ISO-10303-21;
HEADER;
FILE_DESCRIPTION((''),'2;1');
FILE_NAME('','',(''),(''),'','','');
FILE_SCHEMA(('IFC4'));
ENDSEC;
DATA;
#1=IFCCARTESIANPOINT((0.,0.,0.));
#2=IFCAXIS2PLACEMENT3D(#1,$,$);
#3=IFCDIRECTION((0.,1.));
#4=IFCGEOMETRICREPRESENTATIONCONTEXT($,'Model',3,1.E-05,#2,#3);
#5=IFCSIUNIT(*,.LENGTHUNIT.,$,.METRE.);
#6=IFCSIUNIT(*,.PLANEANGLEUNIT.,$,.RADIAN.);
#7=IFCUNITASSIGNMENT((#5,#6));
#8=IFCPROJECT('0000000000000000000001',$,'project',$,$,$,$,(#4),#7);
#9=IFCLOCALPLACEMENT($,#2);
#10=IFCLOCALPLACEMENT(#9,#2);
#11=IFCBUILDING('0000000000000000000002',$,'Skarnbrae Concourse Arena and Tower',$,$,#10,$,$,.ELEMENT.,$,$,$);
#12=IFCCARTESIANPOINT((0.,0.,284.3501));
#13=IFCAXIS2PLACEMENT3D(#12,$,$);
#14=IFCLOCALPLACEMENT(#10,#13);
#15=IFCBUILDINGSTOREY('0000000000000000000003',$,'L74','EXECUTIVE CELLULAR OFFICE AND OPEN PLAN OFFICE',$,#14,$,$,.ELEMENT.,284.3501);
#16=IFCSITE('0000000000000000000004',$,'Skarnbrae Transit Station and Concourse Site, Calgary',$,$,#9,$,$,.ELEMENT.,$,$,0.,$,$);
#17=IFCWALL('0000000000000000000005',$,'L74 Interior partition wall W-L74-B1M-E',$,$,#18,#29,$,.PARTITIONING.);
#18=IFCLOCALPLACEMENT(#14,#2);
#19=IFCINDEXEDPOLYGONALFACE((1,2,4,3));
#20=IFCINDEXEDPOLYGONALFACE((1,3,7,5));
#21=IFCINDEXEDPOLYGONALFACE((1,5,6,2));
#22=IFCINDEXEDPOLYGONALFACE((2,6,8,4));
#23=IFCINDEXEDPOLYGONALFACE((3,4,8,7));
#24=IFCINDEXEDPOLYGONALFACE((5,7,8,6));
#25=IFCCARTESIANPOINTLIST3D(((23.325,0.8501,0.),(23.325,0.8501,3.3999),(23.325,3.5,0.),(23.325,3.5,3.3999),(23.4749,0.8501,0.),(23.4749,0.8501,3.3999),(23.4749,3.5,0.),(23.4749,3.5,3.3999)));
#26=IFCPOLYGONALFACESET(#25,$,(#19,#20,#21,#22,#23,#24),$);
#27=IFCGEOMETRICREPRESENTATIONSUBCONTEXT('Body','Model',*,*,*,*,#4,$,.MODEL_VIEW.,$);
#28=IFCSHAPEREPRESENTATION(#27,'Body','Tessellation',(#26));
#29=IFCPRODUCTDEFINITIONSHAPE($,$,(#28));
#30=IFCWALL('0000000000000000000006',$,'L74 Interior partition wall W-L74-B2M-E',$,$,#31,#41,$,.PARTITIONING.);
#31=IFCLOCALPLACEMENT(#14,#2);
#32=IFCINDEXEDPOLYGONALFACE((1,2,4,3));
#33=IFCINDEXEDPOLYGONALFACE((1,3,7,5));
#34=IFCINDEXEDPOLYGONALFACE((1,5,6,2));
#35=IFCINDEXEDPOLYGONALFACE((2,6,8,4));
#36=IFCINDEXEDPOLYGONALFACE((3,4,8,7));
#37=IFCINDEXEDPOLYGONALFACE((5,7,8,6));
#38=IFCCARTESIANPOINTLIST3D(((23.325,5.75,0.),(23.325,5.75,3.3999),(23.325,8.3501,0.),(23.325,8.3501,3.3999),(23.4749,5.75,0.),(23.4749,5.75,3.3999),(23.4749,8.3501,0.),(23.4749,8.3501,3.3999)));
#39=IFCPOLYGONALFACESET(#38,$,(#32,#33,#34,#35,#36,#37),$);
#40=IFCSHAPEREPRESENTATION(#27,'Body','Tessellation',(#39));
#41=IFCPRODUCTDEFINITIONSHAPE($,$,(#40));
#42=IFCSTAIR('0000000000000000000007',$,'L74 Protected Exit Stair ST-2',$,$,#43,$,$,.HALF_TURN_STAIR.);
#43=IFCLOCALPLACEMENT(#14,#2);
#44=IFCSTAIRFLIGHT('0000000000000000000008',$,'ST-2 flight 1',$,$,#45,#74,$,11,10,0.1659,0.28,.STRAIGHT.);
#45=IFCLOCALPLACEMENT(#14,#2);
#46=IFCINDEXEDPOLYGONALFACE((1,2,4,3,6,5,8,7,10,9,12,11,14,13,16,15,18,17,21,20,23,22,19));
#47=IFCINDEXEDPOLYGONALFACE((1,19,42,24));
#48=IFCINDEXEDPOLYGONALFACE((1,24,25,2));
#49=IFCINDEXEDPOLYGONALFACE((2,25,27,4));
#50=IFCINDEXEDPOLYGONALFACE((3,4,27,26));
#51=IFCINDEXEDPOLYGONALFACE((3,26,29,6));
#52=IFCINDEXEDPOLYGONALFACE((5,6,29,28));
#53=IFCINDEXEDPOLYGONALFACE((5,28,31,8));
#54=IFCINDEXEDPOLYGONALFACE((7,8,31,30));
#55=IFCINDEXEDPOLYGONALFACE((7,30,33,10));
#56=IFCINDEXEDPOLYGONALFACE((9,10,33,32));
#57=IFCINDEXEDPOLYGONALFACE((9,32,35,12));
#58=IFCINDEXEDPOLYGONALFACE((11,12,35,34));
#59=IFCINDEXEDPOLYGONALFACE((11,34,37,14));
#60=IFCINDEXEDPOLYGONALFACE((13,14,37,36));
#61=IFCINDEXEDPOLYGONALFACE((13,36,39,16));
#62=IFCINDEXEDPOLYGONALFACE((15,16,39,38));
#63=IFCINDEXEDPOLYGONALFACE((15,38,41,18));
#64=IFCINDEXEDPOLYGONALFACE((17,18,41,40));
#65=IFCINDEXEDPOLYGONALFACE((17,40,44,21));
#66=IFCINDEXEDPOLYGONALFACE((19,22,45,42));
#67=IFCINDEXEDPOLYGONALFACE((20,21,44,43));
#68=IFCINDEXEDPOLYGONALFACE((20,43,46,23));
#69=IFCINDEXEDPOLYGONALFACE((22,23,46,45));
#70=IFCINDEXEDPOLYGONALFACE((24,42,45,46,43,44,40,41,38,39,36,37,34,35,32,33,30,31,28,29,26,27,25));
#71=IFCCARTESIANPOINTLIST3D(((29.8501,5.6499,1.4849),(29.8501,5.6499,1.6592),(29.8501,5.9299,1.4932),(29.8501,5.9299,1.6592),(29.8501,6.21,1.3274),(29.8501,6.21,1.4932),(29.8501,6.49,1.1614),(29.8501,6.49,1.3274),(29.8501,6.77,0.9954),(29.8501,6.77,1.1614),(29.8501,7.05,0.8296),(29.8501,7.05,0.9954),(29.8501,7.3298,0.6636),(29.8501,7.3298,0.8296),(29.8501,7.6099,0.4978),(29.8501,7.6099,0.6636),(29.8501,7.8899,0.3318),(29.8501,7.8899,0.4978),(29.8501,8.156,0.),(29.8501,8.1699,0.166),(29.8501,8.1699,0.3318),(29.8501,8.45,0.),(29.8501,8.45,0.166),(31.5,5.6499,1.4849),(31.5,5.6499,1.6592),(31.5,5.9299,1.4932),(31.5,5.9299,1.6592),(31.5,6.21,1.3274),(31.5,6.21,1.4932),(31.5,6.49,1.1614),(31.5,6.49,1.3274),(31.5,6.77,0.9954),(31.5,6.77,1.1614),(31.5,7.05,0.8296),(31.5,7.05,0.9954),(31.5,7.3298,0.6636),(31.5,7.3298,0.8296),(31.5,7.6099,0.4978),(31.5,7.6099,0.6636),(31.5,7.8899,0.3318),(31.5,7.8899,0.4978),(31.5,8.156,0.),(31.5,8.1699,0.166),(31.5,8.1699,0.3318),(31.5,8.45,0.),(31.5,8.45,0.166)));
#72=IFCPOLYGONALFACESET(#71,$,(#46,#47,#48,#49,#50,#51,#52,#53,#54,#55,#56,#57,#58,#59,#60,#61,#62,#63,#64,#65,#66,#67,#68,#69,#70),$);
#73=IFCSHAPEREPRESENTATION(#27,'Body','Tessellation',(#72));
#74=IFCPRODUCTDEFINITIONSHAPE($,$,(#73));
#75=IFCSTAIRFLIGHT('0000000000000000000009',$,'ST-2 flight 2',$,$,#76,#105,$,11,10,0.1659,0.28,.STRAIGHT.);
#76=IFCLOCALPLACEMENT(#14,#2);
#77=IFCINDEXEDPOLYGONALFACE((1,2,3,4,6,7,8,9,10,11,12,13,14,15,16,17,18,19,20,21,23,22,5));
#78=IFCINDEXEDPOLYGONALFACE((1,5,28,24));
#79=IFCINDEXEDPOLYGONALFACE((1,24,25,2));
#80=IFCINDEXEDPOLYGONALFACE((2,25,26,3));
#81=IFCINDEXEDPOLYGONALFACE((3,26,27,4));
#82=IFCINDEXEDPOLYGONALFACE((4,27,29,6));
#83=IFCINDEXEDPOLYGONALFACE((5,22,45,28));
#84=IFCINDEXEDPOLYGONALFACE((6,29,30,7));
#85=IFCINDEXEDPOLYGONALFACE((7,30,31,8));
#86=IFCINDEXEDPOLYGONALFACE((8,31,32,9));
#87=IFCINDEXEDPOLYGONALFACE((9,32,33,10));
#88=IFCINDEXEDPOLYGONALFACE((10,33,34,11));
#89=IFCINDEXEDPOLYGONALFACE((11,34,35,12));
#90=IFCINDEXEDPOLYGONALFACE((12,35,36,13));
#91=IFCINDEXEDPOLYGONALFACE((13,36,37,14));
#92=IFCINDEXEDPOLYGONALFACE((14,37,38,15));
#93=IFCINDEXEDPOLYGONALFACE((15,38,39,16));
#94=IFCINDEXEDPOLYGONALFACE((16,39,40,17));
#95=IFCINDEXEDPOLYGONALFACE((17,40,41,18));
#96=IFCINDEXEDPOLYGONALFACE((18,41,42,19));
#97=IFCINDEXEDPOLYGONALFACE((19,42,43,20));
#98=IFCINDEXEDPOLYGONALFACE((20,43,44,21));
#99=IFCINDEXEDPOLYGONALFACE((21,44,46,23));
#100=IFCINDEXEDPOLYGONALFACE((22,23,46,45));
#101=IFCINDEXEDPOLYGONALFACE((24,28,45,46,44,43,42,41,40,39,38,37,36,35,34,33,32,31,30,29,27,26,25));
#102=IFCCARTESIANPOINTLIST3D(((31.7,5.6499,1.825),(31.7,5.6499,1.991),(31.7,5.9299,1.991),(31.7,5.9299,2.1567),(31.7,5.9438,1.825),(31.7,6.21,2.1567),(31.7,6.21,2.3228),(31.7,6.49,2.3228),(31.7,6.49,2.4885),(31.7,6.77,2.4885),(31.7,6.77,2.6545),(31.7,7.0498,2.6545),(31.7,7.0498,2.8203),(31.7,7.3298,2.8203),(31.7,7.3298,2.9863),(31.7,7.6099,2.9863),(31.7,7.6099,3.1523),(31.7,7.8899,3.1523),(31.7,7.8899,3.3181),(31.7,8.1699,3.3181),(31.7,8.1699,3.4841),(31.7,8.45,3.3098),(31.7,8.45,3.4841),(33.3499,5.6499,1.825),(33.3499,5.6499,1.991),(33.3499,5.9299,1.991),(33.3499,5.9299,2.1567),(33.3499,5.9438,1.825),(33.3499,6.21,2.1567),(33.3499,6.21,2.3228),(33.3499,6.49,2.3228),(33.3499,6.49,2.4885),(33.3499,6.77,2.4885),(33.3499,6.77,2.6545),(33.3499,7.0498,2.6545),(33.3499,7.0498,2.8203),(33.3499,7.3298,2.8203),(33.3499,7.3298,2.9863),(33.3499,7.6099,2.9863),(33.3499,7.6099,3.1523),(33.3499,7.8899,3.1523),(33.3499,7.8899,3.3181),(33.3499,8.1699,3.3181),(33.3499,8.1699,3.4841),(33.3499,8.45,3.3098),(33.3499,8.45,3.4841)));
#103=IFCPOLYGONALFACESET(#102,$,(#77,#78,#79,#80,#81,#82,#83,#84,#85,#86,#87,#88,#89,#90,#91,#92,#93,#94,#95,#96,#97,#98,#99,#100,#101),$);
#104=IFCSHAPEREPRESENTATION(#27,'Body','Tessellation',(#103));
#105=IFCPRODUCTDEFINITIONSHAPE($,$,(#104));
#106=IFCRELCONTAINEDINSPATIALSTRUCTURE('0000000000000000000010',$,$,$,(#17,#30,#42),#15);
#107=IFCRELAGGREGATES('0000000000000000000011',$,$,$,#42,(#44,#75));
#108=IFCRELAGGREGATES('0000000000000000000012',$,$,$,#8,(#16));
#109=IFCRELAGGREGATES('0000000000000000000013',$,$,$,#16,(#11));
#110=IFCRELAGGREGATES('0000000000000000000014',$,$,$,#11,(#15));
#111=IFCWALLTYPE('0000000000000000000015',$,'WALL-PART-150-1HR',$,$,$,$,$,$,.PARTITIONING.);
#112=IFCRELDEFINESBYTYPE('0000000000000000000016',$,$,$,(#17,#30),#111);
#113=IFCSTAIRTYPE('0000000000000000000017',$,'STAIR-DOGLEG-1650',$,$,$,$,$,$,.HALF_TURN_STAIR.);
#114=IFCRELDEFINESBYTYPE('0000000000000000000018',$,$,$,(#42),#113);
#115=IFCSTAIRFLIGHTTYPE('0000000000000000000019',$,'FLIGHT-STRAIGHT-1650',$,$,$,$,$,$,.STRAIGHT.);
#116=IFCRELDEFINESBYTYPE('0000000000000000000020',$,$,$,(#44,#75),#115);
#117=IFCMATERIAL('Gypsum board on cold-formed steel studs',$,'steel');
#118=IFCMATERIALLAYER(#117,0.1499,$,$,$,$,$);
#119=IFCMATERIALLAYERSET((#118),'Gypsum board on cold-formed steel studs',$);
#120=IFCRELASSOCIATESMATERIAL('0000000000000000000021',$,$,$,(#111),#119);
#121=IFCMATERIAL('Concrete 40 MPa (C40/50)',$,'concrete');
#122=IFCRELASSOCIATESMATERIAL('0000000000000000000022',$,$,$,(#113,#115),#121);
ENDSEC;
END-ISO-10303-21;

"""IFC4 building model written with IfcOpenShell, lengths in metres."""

from ifc_helpers import new_model, si_unit, direction, frame, frame_2d, origin, place, context, subcontext, project, spatial, polyline, rectangle, outline, extrude, source, transform, mapped, material, layer, layer_set, type_object, element, aggregate, save


model = new_model("IFC4")

# Units and contexts
model_context = context("Model", 3, precision=1e-05, world=origin(), true_north=direction((0.0, 1.0)))
body_context = subcontext(model_context, "Body", "Model", "MODEL_VIEW")
ifc_project = project(units=[si_unit("LENGTHUNIT", "METRE"), si_unit("PLANEANGLEUNIT", "RADIAN")], contexts=[model_context])

# Site, building, storey
site_placement = place(None, origin())
site = spatial("IfcSite", under=ifc_project, at=site_placement, Name="Skarnbrae Transit Station and Concourse Site, Calgary", CompositionType="ELEMENT", RefElevation=0.0)
building_placement = place(site_placement, origin())
building = spatial("IfcBuilding", under=site, at=building_placement, Name="Skarnbrae Concourse Arena and Tower", CompositionType="ELEMENT")
storey_placement = place(building_placement, frame((0.0, 0.0, 284.3501)))
storey = spatial("IfcBuildingStorey", under=building, at=storey_placement, Name="L74", Description="EXECUTIVE CELLULAR OFFICE AND OPEN PLAN OFFICE", CompositionType="ELEMENT", Elevation=284.3501)

# Shared definitions
ifc_material_1 = material(Name="Gypsum board on cold-formed steel studs", Category="steel")

# Shared definitions
ifc_layer_1 = layer(ifc_material_1, 0.1499)
ifc_layer_set_1 = layer_set([ifc_layer_1], Name="Gypsum board on cold-formed steel studs")
wall_type_1 = type_object("IfcWallType", Name="WALL-PART-150-1HR", PredefinedType="PARTITIONING", material=ifc_layer_set_1)

# Walls
shared_shape_1 = source(origin(), body_context, "Body", "SweptSolid", [
    extrude(rectangle(XDim=2.6499, YDim=0.1499, at=frame_2d((1.325, 0.0))), origin(), (0.0, 0.0, 1.0), 3.3999),
])
wall_1_placement = place(storey_placement, frame((23.3999, 0.8501, 0.0), z_axis=(0.0, 0.0, 1.0), x_axis=(0.0, 1.0, 0.0)))
element("IfcWall", 1, at=wall_1_placement, inside=storey, type_object=wall_type_1, Name="L74 Interior partition wall W-L74-B1M-E", PredefinedType="PARTITIONING", context=body_context, shape_type="MappedRepresentation", body=[
    mapped(shared_shape_1, transform((0.0, 0.0, 0.0))),
])
shared_shape_2 = source(origin(), body_context, "Body", "SweptSolid", [
    extrude(rectangle(XDim=2.6001, YDim=0.1499, at=frame_2d((1.3, 0.0))), origin(), (0.0, 0.0, 1.0), 3.3999),
])
wall_2_placement = place(storey_placement, frame((23.3999, 5.75, 0.0), z_axis=(0.0, 0.0, 1.0), x_axis=(0.0, 1.0, 0.0)))
element("IfcWall", 2, at=wall_2_placement, inside=storey, type_object=wall_type_1, Name="L74 Interior partition wall W-L74-B2M-E", PredefinedType="PARTITIONING", context=body_context, shape_type="MappedRepresentation", body=[
    mapped(shared_shape_2, transform((0.0, 0.0, 0.0))),
])

# Stair, stair flights
ifc_material_2 = material(Name="Concrete 40 MPa (C40/50)", Category="concrete")
stair_type = type_object("IfcStairType", Name="STAIR-DOGLEG-1650", PredefinedType="HALF_TURN_STAIR", material=ifc_material_2)
stair_placement = place(storey_placement, origin())
stair = element("IfcStair", 3, at=stair_placement, inside=storey, type_object=stair_type, Name="L74 Protected Exit Stair ST-2", PredefinedType="HALF_TURN_STAIR")
stair_flight_type = type_object("IfcStairFlightType", Name="FLIGHT-STRAIGHT-1650", PredefinedType="STRAIGHT", material=ifc_material_2)
shared_shape_3 = source(origin(), body_context, "Body", "SweptSolid", [
    extrude(outline(polyline([(0.0, 0.0), (0.0, 0.166), (0.28, 0.166), (0.28, 0.3318), (0.5601, 0.3318), (0.5601, 0.4978), (0.8401, 0.4978), (0.8401, 0.6636), (1.1201, 0.6636), (1.1201, 0.8296), (1.3999, 0.8296), (1.3999, 0.9954), (1.6799, 0.9954), (1.6799, 1.1614), (1.96, 1.1614), (1.96, 1.3274), (2.24, 1.3274), (2.24, 1.4932), (2.52, 1.4932), (2.52, 1.6592), (2.8, 1.6592), (2.8, 1.825), (2.8, 1.4849), (0.2939, 0.0), (0.0, 0.0)])), frame((0.0, 0.825, 0.0), z_axis=(0.0, -1.0, 0.0), x_axis=(1.0, 0.0, 0.0)), (0.0, 0.0, 1.0), 1.6499),
])
stair_flight_1_placement = place(storey_placement, frame((30.675, 8.45, 0.0), z_axis=(0.0, 0.0, 1.0), x_axis=(0.0, -1.0, 0.0)))
stair_flight_1 = element("IfcStairFlight", 4, at=stair_flight_1_placement, type_object=stair_flight_type, Name="ST-2 flight 1", NumberOfRisers=11, NumberOfTreads=10, PredefinedType="STRAIGHT", RiserHeight=0.1659, TreadLength=0.28, context=body_context, shape_type="MappedRepresentation", body=[
    mapped(shared_shape_3, transform((0.0, 0.0, 0.0))),
])
stair_flight_2_placement = place(storey_placement, frame((32.5249, 5.6499, 1.825), z_axis=(0.0, 0.0, 1.0), x_axis=(0.0, 1.0, 0.0)))
stair_flight_2 = element("IfcStairFlight", 5, at=stair_flight_2_placement, type_object=stair_flight_type, Name="ST-2 flight 2", NumberOfRisers=11, NumberOfTreads=10, PredefinedType="STRAIGHT", RiserHeight=0.1659, TreadLength=0.28, context=body_context, shape_type="MappedRepresentation", body=[
    mapped(shared_shape_3, transform((0.0, 0.0, 0.0))),
])
aggregate(stair, [stair_flight_1, stair_flight_2])

save(model, "model.ifc")
